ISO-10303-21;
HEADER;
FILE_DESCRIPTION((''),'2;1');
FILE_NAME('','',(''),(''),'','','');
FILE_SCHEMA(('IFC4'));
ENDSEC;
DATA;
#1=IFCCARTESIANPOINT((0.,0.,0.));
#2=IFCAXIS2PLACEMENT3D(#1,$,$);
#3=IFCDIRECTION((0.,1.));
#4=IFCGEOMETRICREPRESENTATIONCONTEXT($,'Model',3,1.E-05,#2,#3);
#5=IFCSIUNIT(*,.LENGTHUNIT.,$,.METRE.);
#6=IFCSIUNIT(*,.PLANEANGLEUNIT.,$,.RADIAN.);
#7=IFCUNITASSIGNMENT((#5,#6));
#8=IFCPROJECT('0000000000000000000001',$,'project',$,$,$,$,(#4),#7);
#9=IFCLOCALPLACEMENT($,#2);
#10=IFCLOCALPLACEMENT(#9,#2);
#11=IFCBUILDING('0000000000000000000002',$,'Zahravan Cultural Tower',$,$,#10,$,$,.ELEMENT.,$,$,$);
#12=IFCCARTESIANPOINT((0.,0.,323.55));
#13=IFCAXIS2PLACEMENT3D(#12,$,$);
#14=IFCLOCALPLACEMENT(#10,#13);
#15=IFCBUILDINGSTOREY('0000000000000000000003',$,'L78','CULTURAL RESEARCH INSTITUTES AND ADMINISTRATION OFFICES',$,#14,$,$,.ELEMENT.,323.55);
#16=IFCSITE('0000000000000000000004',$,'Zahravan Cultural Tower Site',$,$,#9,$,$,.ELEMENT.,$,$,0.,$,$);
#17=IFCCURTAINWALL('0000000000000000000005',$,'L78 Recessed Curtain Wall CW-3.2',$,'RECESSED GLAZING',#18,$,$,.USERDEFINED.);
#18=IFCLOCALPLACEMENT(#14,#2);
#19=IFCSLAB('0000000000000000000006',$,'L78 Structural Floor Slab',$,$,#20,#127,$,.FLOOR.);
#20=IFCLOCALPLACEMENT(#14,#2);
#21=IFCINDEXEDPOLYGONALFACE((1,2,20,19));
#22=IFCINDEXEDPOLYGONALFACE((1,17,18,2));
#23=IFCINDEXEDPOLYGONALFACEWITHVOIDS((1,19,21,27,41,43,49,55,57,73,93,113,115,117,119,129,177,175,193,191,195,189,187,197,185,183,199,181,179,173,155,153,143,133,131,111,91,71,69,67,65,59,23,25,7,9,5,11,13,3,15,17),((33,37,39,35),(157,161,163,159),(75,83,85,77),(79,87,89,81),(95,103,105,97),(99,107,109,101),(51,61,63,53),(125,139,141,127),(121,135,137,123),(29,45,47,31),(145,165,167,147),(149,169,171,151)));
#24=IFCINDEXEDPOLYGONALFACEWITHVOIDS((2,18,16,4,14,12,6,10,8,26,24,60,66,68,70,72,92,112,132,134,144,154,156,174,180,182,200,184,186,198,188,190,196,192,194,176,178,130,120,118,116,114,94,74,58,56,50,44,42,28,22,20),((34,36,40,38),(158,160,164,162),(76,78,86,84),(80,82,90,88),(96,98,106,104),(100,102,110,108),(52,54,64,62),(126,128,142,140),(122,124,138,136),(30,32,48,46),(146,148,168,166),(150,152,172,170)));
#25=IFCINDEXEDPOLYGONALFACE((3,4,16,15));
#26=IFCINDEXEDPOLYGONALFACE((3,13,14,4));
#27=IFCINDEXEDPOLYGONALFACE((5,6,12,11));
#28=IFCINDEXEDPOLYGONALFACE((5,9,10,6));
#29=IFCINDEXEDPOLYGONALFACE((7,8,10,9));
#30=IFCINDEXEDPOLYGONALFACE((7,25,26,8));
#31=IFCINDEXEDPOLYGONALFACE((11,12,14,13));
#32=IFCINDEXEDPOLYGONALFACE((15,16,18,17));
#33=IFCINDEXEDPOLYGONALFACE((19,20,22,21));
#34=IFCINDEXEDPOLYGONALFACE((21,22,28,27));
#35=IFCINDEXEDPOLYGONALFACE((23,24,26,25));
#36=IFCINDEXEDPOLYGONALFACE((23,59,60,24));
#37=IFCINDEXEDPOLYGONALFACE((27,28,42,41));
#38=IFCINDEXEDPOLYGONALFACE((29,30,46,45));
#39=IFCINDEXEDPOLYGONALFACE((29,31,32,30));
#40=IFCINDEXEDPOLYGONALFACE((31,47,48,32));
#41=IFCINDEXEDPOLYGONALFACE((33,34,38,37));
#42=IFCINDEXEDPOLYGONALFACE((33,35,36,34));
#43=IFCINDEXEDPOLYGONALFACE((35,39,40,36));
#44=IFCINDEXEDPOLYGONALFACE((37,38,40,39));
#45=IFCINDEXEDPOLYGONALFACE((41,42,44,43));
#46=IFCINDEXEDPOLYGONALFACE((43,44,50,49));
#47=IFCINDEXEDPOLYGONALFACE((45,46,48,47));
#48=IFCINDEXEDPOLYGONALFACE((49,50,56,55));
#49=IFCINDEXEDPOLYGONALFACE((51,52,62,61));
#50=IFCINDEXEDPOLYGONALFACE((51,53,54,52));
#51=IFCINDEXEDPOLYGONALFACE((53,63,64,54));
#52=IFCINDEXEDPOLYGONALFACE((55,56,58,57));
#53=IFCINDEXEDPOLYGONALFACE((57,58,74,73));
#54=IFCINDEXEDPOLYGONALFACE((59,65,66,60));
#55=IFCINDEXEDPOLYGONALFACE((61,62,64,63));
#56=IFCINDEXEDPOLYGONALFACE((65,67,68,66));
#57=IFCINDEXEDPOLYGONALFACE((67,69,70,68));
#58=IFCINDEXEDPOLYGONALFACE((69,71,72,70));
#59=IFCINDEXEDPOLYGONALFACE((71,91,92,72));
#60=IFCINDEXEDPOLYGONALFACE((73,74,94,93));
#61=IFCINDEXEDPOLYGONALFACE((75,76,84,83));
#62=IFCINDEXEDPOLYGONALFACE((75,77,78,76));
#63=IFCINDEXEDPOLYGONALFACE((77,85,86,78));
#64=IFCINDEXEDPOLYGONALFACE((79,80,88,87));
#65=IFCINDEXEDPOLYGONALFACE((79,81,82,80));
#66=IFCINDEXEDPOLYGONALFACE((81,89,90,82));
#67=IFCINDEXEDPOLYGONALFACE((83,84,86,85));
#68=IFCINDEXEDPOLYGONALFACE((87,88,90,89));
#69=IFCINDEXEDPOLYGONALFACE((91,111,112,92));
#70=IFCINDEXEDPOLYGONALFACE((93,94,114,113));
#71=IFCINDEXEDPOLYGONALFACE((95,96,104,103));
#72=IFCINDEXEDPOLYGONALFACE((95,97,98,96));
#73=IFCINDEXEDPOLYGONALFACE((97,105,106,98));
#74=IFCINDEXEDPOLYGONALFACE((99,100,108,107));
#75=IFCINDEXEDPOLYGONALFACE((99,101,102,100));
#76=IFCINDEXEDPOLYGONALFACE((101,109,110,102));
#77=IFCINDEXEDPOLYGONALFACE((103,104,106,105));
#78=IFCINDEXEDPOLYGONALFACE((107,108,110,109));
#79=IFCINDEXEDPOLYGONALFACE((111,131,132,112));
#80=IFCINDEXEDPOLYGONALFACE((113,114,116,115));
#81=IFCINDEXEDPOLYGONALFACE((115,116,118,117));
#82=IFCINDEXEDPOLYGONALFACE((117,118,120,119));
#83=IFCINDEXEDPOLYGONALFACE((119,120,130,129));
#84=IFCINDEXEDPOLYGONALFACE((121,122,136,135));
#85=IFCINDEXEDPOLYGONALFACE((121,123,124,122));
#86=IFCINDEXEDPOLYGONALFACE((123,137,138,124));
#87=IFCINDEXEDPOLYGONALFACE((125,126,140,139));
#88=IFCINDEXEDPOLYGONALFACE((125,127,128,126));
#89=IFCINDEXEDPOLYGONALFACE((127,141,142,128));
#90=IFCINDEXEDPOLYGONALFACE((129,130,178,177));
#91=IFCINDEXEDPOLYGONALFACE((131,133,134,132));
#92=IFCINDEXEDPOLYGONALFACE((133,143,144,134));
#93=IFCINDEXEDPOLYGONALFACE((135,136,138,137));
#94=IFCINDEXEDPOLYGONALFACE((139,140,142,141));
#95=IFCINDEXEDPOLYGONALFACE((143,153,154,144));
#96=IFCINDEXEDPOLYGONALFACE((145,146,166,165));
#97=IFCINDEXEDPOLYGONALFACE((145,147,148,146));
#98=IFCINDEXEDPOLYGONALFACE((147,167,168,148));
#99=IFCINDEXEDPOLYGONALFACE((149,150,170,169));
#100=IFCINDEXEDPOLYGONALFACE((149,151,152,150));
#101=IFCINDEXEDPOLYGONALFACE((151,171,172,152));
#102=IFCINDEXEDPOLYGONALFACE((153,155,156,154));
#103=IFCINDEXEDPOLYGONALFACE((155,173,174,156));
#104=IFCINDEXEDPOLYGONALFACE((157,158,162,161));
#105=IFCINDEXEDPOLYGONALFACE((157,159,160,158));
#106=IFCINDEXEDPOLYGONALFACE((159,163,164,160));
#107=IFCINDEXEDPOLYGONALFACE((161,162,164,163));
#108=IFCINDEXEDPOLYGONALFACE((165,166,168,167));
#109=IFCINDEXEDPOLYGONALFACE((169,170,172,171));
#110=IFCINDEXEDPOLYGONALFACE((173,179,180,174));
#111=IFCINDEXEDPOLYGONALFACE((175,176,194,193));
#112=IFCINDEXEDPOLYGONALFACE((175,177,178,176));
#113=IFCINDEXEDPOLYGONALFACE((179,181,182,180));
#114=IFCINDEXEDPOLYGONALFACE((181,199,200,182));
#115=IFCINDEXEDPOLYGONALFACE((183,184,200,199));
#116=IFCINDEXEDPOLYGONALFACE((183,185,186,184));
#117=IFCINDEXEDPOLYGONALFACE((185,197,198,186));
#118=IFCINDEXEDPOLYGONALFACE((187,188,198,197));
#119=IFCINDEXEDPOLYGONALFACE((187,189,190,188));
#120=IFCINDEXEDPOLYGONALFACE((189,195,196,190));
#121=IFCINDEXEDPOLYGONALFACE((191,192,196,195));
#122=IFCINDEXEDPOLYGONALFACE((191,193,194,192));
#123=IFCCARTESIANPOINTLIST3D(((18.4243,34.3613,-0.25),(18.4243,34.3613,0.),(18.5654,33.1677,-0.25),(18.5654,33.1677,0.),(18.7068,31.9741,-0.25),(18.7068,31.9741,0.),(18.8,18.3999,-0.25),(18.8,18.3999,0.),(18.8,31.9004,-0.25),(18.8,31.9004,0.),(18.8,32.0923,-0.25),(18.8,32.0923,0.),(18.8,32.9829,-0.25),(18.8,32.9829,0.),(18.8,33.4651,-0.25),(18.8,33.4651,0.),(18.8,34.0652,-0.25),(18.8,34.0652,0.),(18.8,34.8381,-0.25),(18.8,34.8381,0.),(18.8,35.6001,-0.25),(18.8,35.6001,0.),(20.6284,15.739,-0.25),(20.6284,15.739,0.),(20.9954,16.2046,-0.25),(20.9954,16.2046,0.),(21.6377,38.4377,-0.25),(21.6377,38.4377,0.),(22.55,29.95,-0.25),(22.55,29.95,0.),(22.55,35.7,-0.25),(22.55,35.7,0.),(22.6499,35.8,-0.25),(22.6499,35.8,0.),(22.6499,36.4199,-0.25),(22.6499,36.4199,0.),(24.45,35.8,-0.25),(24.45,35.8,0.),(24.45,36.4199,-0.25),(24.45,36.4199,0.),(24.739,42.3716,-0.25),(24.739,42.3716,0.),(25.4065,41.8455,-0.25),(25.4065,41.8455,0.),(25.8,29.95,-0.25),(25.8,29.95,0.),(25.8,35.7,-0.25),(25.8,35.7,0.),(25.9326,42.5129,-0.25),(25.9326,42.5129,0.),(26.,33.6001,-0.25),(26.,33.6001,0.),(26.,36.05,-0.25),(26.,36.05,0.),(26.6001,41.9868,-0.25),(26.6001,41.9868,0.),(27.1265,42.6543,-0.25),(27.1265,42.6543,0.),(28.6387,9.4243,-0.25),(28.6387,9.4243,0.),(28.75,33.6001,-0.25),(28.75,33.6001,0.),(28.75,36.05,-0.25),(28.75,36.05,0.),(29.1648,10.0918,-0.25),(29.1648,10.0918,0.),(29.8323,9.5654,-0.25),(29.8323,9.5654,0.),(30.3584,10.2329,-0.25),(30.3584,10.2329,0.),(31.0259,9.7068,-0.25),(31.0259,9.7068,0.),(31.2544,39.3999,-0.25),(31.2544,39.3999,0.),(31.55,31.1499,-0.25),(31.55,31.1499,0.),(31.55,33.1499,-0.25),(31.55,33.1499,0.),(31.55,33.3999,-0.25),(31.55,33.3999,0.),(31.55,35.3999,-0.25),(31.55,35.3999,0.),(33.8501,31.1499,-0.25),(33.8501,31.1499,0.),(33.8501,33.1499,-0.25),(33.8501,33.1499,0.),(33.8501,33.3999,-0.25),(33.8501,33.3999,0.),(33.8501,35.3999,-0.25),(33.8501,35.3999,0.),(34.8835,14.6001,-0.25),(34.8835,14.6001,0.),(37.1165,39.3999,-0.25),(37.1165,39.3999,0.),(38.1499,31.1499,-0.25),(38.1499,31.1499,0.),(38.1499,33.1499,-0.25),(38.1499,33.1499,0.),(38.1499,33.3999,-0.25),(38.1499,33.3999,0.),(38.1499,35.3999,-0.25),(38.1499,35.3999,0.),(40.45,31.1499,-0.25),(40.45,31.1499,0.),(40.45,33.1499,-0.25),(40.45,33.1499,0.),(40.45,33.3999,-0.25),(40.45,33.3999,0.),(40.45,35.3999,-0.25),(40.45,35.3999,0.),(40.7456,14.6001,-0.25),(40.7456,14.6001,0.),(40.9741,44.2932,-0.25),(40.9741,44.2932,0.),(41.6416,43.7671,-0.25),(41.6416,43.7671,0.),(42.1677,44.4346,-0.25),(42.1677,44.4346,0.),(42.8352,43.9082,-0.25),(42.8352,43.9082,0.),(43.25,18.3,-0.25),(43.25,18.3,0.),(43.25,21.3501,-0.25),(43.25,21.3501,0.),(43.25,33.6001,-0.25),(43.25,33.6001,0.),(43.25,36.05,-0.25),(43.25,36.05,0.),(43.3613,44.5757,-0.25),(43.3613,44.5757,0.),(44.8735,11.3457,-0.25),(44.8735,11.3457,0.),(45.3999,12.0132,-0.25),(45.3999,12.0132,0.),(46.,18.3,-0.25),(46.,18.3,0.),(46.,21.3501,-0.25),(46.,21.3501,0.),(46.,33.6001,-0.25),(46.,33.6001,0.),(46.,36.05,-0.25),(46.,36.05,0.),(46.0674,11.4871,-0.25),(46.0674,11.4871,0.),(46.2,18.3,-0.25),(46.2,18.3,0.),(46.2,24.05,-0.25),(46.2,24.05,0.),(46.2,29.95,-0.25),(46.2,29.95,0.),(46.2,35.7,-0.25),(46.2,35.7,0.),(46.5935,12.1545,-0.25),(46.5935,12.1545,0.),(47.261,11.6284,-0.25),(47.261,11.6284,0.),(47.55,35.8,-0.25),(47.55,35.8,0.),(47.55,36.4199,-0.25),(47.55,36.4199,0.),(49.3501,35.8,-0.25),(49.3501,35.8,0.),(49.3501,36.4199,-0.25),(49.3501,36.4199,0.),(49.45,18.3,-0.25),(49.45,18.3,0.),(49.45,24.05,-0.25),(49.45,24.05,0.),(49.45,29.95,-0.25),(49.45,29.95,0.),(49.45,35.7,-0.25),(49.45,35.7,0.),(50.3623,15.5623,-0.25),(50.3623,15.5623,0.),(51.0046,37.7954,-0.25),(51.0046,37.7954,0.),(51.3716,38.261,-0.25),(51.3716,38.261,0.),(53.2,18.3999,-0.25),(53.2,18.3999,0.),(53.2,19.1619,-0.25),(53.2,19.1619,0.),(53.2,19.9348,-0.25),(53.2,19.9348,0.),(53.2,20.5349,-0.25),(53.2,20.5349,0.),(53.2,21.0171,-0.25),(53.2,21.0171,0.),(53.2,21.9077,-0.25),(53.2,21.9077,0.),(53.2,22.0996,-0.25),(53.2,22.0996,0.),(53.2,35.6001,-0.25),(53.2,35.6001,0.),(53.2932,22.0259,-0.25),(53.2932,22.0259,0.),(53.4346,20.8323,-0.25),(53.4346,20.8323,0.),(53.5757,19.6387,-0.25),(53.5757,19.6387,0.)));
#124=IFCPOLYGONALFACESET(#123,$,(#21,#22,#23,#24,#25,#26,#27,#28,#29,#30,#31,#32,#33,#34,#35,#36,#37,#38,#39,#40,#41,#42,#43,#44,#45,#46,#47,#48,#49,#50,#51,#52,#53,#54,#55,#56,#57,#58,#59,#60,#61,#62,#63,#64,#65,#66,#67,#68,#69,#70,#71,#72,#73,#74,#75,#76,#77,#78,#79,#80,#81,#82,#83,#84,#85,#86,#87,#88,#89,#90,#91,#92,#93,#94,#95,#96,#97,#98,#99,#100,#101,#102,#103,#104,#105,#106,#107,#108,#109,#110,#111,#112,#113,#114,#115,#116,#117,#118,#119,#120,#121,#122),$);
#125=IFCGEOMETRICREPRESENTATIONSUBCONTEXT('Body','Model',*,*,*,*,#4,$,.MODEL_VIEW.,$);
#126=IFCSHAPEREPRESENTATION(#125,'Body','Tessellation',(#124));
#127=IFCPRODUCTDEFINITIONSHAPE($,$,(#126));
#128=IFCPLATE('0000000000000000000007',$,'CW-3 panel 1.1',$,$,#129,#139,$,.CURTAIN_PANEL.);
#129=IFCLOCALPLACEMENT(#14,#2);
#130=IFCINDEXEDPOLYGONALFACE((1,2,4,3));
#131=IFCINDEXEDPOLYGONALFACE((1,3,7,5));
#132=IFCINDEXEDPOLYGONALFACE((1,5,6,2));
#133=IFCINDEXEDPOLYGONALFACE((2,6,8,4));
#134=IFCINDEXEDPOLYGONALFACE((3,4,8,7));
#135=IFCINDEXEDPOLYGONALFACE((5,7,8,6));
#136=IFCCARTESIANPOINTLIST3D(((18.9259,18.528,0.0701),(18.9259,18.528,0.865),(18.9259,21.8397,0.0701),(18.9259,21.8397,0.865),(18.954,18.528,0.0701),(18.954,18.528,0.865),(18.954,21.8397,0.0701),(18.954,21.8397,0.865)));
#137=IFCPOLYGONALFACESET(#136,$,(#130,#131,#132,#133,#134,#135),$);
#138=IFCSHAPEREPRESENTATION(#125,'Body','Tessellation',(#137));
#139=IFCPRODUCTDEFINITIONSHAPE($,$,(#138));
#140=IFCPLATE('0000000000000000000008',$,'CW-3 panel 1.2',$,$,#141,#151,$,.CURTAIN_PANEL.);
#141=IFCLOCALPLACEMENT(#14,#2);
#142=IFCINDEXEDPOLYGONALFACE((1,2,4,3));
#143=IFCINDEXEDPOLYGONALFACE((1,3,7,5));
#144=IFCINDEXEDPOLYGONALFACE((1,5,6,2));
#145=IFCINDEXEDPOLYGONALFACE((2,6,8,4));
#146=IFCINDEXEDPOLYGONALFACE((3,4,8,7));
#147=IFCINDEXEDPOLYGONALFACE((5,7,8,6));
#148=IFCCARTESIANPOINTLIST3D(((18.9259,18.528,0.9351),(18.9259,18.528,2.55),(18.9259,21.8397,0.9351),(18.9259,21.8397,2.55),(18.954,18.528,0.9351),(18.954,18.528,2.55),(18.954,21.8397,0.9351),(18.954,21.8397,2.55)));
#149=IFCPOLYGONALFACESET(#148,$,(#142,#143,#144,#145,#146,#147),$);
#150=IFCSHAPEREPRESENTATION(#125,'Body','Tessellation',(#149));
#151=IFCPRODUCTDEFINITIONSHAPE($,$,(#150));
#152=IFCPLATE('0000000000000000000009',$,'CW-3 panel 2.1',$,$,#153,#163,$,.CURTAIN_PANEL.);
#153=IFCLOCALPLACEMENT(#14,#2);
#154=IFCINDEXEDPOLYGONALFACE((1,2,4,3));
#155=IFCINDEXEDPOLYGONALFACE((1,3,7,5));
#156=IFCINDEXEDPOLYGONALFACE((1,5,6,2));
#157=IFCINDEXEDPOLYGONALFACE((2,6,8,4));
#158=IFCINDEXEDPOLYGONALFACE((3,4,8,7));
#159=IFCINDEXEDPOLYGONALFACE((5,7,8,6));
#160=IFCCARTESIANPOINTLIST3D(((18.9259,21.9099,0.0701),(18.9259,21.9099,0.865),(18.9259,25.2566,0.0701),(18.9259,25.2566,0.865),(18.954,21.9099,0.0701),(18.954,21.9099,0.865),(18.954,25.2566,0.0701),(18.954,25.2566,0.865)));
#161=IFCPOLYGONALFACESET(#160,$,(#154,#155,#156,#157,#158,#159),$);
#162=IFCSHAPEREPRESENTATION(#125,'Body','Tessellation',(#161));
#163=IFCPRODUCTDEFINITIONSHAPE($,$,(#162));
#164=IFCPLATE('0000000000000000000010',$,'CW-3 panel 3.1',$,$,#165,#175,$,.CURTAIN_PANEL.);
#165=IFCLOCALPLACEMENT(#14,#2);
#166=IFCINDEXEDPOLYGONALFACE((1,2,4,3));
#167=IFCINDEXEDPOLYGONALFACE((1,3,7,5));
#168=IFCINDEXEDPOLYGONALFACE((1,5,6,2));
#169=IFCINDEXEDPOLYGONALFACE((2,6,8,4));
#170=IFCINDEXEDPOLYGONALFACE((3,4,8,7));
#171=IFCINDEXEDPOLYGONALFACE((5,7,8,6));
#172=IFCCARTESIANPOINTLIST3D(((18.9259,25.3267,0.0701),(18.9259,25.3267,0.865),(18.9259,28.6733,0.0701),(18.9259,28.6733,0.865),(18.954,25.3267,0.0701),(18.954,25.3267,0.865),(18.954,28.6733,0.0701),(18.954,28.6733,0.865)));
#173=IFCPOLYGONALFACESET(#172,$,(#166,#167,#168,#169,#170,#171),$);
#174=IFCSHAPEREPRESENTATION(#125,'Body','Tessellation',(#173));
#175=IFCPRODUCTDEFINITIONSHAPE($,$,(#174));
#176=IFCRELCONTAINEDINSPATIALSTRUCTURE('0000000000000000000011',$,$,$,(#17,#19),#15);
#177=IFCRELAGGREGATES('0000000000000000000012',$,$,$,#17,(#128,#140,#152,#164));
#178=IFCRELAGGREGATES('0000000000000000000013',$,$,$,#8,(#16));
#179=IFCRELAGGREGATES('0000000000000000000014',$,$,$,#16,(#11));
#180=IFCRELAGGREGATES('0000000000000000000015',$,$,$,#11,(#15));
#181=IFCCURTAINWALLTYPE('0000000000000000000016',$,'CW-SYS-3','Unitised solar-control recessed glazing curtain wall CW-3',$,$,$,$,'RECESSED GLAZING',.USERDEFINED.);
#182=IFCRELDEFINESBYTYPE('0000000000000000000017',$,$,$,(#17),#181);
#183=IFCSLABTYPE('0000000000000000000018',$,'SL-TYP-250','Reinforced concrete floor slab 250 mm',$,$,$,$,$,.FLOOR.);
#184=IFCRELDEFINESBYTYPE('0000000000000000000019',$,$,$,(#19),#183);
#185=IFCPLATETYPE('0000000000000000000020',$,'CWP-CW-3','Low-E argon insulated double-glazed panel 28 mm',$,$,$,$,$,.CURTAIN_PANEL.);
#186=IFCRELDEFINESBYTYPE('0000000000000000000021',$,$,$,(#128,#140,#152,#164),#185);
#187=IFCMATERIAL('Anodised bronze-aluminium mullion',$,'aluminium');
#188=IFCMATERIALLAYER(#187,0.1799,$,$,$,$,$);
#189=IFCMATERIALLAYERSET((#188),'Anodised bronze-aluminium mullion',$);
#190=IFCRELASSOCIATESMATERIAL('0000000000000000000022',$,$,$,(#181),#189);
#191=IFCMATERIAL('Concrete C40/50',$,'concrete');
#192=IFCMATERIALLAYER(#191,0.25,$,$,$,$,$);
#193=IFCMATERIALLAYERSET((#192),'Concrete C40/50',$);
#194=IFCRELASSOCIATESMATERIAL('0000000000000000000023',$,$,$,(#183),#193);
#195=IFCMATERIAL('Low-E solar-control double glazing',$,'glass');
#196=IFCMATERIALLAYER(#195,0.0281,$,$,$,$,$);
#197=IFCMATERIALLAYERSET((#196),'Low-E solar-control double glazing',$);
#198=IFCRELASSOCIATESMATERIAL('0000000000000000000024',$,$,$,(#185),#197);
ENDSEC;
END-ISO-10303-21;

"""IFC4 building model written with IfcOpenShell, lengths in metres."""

from ifc_helpers import new_model, si_unit, direction, frame, origin, origin_2d, place, context, subcontext, project, spatial, polyline, rectangle, outline, extrude, source, transform, mapped, material, layer, layer_set, type_object, element, aggregate, save


model = new_model("IFC4")

# Units and contexts
model_context = context("Model", 3, precision=1e-05, world=origin(), true_north=direction((0.0, 1.0)))
body_context = subcontext(model_context, "Body", "Model", "MODEL_VIEW")
ifc_project = project(units=[si_unit("LENGTHUNIT", "METRE"), si_unit("PLANEANGLEUNIT", "RADIAN")], contexts=[model_context])

# Site, building, storey
site_placement = place(None, origin())
site = spatial("IfcSite", under=ifc_project, at=site_placement, Name="Zahravan Cultural Tower Site", CompositionType="ELEMENT", RefElevation=0.0)
building_placement = place(site_placement, origin())
building = spatial("IfcBuilding", under=site, at=building_placement, Name="Zahravan Cultural Tower", CompositionType="ELEMENT")
storey_placement = place(building_placement, frame((0.0, 0.0, 323.55)))
storey = spatial("IfcBuildingStorey", under=building, at=storey_placement, Name="L78", Description="CULTURAL RESEARCH INSTITUTES AND ADMINISTRATION OFFICES", CompositionType="ELEMENT", Elevation=323.55)

# Curtain wall
ifc_material_1 = material(Name="Anodised bronze-aluminium mullion", Category="aluminium")
ifc_layer_1 = layer(ifc_material_1, 0.1799)
ifc_layer_set_1 = layer_set([ifc_layer_1], Name="Anodised bronze-aluminium mullion")
curtain_wall_type = type_object("IfcCurtainWallType", Name="CW-SYS-3", Description="Unitised solar-control recessed glazing curtain wall CW-3", ElementType="RECESSED GLAZING", PredefinedType="USERDEFINED", material=ifc_layer_set_1)
curtain_wall_placement = place(storey_placement, origin())
curtain_wall = element("IfcCurtainWall", 1, at=curtain_wall_placement, inside=storey, type_object=curtain_wall_type, Name="L78 Recessed Curtain Wall CW-3.2", ObjectType="RECESSED GLAZING", PredefinedType="USERDEFINED")

# Slab
ifc_material_2 = material(Name="Concrete C40/50", Category="concrete")
ifc_layer_2 = layer(ifc_material_2, 0.25)
ifc_layer_set_2 = layer_set([ifc_layer_2], Name="Concrete C40/50")
slab_type_1 = type_object("IfcSlabType", Name="SL-TYP-250", Description="Reinforced concrete floor slab 250 mm", PredefinedType="FLOOR", material=ifc_layer_set_2)
slab_1_placement = place(storey_placement, frame((0.0, 0.0, -0.25)))
element("IfcSlab", 2, at=slab_1_placement, inside=storey, type_object=slab_type_1, Name="L78 Structural Floor Slab", PredefinedType="FLOOR", context=body_context, shape_type="SweptSolid", body=[
    extrude(outline(polyline([(37.1165, 39.3999), (31.2544, 39.3999), (27.1265, 42.6543), (26.6001, 41.9868), (25.9326, 42.5129), (25.4065, 41.8455), (24.739, 42.3716), (21.6377, 38.4377), (18.8, 35.6001), (18.8, 34.8381), (18.4243, 34.3613), (18.8, 34.0652), (18.8, 33.4651), (18.5654, 33.1677), (18.8, 32.9829), (18.8, 32.0923), (18.7068, 31.9741), (18.8, 31.9004), (18.8, 18.3999), (20.9954, 16.2046), (20.6284, 15.739), (28.6387, 9.4243), (29.1648, 10.0918), (29.8323, 9.5654), (30.3584, 10.2329), (31.0259, 9.7068), (34.8835, 14.6001), (40.7456, 14.6001), (44.8735, 11.3457), (45.3999, 12.0132), (46.0674, 11.4871), (46.5935, 12.1545), (47.261, 11.6284), (50.3623, 15.5623), (53.2, 18.3999), (53.2, 19.1619), (53.5757, 19.6387), (53.2, 19.9348), (53.2, 20.5349), (53.4346, 20.8323), (53.2, 21.0171), (53.2, 21.9077), (53.2932, 22.0259), (53.2, 22.0996), (53.2, 35.6001), (51.0046, 37.7954), (51.3716, 38.261), (43.3613, 44.5757), (42.8352, 43.9082), (42.1677, 44.4346), (41.6416, 43.7671), (40.9741, 44.2932), (37.1165, 39.3999)]), holes=[polyline([(22.55, 29.95), (22.55, 35.7), (25.8, 35.7), (25.8, 29.95), (22.55, 29.95)]), polyline([(46.2, 29.95), (46.2, 35.7), (49.45, 35.7), (49.45, 29.95), (46.2, 29.95)]), polyline([(46.2, 18.3), (46.2, 24.05), (49.45, 24.05), (49.45, 18.3), (46.2, 18.3)]), polyline([(26.0, 33.6001), (26.0, 36.05), (28.75, 36.05), (28.75, 33.6001), (26.0, 33.6001)]), polyline([(43.25, 33.6001), (43.25, 36.05), (46.0, 36.05), (46.0, 33.6001), (43.25, 33.6001)]), polyline([(43.25, 18.3), (43.25, 21.3501), (46.0, 21.3501), (46.0, 18.3), (43.25, 18.3)]), polyline([(31.55, 33.3999), (31.55, 35.3999), (33.8501, 35.3999), (33.8501, 33.3999), (31.55, 33.3999)]), polyline([(31.55, 31.1499), (31.55, 33.1499), (33.8501, 33.1499), (33.8501, 31.1499), (31.55, 31.1499)]), polyline([(38.1499, 33.3999), (38.1499, 35.3999), (40.45, 35.3999), (40.45, 33.3999), (38.1499, 33.3999)]), polyline([(38.1499, 31.1499), (38.1499, 33.1499), (40.45, 33.1499), (40.45, 31.1499), (38.1499, 31.1499)]), polyline([(22.6499, 35.8), (22.6499, 36.4199), (24.45, 36.4199), (24.45, 35.8), (22.6499, 35.8)]), polyline([(47.55, 35.8), (47.55, 36.4199), (49.3501, 36.4199), (49.3501, 35.8), (47.55, 35.8)])]), origin(), (0.0, 0.0, 1.0), 0.25),
])

# Plates
ifc_material_3 = material(Name="Low-E solar-control double glazing", Category="glass")
ifc_layer_3 = layer(ifc_material_3, 0.0281)
ifc_layer_set_3 = layer_set([ifc_layer_3], Name="Low-E solar-control double glazing")
plate_type = type_object("IfcPlateType", Name="CWP-CW-3", Description="Low-E argon insulated double-glazed panel 28 mm", PredefinedType="CURTAIN_PANEL", material=ifc_layer_set_3)
shared_shape_1 = source(origin(), body_context, "Body", "SweptSolid", [
    extrude(rectangle(XDim=3.3118, YDim=0.0281, at=origin_2d()), origin(), (0.0, 0.0, 1.0), 0.7949),
])
plate_1_placement = place(storey_placement, frame((18.9399, 20.1838, 0.0701), z_axis=(0.0, 0.0, 1.0), x_axis=(0.0, 1.0, 0.0)))
plate_1 = element("IfcPlate", 3, at=plate_1_placement, type_object=plate_type, Name="CW-3 panel 1.1", PredefinedType="CURTAIN_PANEL", context=body_context, shape_type="MappedRepresentation", body=[
    mapped(shared_shape_1, transform((0.0, 0.0, 0.0), x_axis=(1.0, 0.0, 0.0), y_axis=(0.0, 1.0, 0.0), z_axis=(0.0, 0.0, 1.0), scale=1.0)),
])
shared_shape_2 = source(origin(), body_context, "Body", "SweptSolid", [
    extrude(rectangle(XDim=3.3118, YDim=0.0281, at=origin_2d()), origin(), (0.0, 0.0, 1.0), 1.615),
])
plate_2_placement = place(storey_placement, frame((18.9399, 20.1838, 0.9351), z_axis=(0.0, 0.0, 1.0), x_axis=(0.0, 1.0, 0.0)))
plate_2 = element("IfcPlate", 4, at=plate_2_placement, type_object=plate_type, Name="CW-3 panel 1.2", PredefinedType="CURTAIN_PANEL", context=body_context, shape_type="MappedRepresentation", body=[
    mapped(shared_shape_2, transform((0.0, 0.0, 0.0), x_axis=(1.0, 0.0, 0.0), y_axis=(0.0, 1.0, 0.0), z_axis=(0.0, 0.0, 1.0), scale=1.0)),
])
shared_shape_3 = source(origin(), body_context, "Body", "SweptSolid", [
    extrude(rectangle(XDim=3.3467, YDim=0.0281, at=origin_2d()), origin(), (0.0, 0.0, 1.0), 0.7949),
])
plate_3_placement = place(storey_placement, frame((18.9399, 23.5833, 0.0701), z_axis=(0.0, 0.0, 1.0), x_axis=(0.0, 1.0, 0.0)))
plate_3 = element("IfcPlate", 5, at=plate_3_placement, type_object=plate_type, Name="CW-3 panel 2.1", PredefinedType="CURTAIN_PANEL", context=body_context, shape_type="MappedRepresentation", body=[
    mapped(shared_shape_3, transform((0.0, 0.0, 0.0), x_axis=(1.0, 0.0, 0.0), y_axis=(0.0, 1.0, 0.0), z_axis=(0.0, 0.0, 1.0), scale=1.0)),
])
plate_4_placement = place(storey_placement, frame((18.9399, 27.0, 0.0701), z_axis=(0.0, 0.0, 1.0), x_axis=(0.0, 1.0, 0.0)))
plate_4 = element("IfcPlate", 6, at=plate_4_placement, type_object=plate_type, Name="CW-3 panel 3.1", PredefinedType="CURTAIN_PANEL", context=body_context, shape_type="MappedRepresentation", body=[
    mapped(shared_shape_3, transform((0.0, 0.0, 0.0), x_axis=(1.0, 0.0, 0.0), y_axis=(0.0, 1.0, 0.0), z_axis=(0.0, 0.0, 1.0), scale=1.0)),
])
aggregate(curtain_wall, [plate_1, plate_2, plate_3, plate_4])

save(model, "model.ifc")
